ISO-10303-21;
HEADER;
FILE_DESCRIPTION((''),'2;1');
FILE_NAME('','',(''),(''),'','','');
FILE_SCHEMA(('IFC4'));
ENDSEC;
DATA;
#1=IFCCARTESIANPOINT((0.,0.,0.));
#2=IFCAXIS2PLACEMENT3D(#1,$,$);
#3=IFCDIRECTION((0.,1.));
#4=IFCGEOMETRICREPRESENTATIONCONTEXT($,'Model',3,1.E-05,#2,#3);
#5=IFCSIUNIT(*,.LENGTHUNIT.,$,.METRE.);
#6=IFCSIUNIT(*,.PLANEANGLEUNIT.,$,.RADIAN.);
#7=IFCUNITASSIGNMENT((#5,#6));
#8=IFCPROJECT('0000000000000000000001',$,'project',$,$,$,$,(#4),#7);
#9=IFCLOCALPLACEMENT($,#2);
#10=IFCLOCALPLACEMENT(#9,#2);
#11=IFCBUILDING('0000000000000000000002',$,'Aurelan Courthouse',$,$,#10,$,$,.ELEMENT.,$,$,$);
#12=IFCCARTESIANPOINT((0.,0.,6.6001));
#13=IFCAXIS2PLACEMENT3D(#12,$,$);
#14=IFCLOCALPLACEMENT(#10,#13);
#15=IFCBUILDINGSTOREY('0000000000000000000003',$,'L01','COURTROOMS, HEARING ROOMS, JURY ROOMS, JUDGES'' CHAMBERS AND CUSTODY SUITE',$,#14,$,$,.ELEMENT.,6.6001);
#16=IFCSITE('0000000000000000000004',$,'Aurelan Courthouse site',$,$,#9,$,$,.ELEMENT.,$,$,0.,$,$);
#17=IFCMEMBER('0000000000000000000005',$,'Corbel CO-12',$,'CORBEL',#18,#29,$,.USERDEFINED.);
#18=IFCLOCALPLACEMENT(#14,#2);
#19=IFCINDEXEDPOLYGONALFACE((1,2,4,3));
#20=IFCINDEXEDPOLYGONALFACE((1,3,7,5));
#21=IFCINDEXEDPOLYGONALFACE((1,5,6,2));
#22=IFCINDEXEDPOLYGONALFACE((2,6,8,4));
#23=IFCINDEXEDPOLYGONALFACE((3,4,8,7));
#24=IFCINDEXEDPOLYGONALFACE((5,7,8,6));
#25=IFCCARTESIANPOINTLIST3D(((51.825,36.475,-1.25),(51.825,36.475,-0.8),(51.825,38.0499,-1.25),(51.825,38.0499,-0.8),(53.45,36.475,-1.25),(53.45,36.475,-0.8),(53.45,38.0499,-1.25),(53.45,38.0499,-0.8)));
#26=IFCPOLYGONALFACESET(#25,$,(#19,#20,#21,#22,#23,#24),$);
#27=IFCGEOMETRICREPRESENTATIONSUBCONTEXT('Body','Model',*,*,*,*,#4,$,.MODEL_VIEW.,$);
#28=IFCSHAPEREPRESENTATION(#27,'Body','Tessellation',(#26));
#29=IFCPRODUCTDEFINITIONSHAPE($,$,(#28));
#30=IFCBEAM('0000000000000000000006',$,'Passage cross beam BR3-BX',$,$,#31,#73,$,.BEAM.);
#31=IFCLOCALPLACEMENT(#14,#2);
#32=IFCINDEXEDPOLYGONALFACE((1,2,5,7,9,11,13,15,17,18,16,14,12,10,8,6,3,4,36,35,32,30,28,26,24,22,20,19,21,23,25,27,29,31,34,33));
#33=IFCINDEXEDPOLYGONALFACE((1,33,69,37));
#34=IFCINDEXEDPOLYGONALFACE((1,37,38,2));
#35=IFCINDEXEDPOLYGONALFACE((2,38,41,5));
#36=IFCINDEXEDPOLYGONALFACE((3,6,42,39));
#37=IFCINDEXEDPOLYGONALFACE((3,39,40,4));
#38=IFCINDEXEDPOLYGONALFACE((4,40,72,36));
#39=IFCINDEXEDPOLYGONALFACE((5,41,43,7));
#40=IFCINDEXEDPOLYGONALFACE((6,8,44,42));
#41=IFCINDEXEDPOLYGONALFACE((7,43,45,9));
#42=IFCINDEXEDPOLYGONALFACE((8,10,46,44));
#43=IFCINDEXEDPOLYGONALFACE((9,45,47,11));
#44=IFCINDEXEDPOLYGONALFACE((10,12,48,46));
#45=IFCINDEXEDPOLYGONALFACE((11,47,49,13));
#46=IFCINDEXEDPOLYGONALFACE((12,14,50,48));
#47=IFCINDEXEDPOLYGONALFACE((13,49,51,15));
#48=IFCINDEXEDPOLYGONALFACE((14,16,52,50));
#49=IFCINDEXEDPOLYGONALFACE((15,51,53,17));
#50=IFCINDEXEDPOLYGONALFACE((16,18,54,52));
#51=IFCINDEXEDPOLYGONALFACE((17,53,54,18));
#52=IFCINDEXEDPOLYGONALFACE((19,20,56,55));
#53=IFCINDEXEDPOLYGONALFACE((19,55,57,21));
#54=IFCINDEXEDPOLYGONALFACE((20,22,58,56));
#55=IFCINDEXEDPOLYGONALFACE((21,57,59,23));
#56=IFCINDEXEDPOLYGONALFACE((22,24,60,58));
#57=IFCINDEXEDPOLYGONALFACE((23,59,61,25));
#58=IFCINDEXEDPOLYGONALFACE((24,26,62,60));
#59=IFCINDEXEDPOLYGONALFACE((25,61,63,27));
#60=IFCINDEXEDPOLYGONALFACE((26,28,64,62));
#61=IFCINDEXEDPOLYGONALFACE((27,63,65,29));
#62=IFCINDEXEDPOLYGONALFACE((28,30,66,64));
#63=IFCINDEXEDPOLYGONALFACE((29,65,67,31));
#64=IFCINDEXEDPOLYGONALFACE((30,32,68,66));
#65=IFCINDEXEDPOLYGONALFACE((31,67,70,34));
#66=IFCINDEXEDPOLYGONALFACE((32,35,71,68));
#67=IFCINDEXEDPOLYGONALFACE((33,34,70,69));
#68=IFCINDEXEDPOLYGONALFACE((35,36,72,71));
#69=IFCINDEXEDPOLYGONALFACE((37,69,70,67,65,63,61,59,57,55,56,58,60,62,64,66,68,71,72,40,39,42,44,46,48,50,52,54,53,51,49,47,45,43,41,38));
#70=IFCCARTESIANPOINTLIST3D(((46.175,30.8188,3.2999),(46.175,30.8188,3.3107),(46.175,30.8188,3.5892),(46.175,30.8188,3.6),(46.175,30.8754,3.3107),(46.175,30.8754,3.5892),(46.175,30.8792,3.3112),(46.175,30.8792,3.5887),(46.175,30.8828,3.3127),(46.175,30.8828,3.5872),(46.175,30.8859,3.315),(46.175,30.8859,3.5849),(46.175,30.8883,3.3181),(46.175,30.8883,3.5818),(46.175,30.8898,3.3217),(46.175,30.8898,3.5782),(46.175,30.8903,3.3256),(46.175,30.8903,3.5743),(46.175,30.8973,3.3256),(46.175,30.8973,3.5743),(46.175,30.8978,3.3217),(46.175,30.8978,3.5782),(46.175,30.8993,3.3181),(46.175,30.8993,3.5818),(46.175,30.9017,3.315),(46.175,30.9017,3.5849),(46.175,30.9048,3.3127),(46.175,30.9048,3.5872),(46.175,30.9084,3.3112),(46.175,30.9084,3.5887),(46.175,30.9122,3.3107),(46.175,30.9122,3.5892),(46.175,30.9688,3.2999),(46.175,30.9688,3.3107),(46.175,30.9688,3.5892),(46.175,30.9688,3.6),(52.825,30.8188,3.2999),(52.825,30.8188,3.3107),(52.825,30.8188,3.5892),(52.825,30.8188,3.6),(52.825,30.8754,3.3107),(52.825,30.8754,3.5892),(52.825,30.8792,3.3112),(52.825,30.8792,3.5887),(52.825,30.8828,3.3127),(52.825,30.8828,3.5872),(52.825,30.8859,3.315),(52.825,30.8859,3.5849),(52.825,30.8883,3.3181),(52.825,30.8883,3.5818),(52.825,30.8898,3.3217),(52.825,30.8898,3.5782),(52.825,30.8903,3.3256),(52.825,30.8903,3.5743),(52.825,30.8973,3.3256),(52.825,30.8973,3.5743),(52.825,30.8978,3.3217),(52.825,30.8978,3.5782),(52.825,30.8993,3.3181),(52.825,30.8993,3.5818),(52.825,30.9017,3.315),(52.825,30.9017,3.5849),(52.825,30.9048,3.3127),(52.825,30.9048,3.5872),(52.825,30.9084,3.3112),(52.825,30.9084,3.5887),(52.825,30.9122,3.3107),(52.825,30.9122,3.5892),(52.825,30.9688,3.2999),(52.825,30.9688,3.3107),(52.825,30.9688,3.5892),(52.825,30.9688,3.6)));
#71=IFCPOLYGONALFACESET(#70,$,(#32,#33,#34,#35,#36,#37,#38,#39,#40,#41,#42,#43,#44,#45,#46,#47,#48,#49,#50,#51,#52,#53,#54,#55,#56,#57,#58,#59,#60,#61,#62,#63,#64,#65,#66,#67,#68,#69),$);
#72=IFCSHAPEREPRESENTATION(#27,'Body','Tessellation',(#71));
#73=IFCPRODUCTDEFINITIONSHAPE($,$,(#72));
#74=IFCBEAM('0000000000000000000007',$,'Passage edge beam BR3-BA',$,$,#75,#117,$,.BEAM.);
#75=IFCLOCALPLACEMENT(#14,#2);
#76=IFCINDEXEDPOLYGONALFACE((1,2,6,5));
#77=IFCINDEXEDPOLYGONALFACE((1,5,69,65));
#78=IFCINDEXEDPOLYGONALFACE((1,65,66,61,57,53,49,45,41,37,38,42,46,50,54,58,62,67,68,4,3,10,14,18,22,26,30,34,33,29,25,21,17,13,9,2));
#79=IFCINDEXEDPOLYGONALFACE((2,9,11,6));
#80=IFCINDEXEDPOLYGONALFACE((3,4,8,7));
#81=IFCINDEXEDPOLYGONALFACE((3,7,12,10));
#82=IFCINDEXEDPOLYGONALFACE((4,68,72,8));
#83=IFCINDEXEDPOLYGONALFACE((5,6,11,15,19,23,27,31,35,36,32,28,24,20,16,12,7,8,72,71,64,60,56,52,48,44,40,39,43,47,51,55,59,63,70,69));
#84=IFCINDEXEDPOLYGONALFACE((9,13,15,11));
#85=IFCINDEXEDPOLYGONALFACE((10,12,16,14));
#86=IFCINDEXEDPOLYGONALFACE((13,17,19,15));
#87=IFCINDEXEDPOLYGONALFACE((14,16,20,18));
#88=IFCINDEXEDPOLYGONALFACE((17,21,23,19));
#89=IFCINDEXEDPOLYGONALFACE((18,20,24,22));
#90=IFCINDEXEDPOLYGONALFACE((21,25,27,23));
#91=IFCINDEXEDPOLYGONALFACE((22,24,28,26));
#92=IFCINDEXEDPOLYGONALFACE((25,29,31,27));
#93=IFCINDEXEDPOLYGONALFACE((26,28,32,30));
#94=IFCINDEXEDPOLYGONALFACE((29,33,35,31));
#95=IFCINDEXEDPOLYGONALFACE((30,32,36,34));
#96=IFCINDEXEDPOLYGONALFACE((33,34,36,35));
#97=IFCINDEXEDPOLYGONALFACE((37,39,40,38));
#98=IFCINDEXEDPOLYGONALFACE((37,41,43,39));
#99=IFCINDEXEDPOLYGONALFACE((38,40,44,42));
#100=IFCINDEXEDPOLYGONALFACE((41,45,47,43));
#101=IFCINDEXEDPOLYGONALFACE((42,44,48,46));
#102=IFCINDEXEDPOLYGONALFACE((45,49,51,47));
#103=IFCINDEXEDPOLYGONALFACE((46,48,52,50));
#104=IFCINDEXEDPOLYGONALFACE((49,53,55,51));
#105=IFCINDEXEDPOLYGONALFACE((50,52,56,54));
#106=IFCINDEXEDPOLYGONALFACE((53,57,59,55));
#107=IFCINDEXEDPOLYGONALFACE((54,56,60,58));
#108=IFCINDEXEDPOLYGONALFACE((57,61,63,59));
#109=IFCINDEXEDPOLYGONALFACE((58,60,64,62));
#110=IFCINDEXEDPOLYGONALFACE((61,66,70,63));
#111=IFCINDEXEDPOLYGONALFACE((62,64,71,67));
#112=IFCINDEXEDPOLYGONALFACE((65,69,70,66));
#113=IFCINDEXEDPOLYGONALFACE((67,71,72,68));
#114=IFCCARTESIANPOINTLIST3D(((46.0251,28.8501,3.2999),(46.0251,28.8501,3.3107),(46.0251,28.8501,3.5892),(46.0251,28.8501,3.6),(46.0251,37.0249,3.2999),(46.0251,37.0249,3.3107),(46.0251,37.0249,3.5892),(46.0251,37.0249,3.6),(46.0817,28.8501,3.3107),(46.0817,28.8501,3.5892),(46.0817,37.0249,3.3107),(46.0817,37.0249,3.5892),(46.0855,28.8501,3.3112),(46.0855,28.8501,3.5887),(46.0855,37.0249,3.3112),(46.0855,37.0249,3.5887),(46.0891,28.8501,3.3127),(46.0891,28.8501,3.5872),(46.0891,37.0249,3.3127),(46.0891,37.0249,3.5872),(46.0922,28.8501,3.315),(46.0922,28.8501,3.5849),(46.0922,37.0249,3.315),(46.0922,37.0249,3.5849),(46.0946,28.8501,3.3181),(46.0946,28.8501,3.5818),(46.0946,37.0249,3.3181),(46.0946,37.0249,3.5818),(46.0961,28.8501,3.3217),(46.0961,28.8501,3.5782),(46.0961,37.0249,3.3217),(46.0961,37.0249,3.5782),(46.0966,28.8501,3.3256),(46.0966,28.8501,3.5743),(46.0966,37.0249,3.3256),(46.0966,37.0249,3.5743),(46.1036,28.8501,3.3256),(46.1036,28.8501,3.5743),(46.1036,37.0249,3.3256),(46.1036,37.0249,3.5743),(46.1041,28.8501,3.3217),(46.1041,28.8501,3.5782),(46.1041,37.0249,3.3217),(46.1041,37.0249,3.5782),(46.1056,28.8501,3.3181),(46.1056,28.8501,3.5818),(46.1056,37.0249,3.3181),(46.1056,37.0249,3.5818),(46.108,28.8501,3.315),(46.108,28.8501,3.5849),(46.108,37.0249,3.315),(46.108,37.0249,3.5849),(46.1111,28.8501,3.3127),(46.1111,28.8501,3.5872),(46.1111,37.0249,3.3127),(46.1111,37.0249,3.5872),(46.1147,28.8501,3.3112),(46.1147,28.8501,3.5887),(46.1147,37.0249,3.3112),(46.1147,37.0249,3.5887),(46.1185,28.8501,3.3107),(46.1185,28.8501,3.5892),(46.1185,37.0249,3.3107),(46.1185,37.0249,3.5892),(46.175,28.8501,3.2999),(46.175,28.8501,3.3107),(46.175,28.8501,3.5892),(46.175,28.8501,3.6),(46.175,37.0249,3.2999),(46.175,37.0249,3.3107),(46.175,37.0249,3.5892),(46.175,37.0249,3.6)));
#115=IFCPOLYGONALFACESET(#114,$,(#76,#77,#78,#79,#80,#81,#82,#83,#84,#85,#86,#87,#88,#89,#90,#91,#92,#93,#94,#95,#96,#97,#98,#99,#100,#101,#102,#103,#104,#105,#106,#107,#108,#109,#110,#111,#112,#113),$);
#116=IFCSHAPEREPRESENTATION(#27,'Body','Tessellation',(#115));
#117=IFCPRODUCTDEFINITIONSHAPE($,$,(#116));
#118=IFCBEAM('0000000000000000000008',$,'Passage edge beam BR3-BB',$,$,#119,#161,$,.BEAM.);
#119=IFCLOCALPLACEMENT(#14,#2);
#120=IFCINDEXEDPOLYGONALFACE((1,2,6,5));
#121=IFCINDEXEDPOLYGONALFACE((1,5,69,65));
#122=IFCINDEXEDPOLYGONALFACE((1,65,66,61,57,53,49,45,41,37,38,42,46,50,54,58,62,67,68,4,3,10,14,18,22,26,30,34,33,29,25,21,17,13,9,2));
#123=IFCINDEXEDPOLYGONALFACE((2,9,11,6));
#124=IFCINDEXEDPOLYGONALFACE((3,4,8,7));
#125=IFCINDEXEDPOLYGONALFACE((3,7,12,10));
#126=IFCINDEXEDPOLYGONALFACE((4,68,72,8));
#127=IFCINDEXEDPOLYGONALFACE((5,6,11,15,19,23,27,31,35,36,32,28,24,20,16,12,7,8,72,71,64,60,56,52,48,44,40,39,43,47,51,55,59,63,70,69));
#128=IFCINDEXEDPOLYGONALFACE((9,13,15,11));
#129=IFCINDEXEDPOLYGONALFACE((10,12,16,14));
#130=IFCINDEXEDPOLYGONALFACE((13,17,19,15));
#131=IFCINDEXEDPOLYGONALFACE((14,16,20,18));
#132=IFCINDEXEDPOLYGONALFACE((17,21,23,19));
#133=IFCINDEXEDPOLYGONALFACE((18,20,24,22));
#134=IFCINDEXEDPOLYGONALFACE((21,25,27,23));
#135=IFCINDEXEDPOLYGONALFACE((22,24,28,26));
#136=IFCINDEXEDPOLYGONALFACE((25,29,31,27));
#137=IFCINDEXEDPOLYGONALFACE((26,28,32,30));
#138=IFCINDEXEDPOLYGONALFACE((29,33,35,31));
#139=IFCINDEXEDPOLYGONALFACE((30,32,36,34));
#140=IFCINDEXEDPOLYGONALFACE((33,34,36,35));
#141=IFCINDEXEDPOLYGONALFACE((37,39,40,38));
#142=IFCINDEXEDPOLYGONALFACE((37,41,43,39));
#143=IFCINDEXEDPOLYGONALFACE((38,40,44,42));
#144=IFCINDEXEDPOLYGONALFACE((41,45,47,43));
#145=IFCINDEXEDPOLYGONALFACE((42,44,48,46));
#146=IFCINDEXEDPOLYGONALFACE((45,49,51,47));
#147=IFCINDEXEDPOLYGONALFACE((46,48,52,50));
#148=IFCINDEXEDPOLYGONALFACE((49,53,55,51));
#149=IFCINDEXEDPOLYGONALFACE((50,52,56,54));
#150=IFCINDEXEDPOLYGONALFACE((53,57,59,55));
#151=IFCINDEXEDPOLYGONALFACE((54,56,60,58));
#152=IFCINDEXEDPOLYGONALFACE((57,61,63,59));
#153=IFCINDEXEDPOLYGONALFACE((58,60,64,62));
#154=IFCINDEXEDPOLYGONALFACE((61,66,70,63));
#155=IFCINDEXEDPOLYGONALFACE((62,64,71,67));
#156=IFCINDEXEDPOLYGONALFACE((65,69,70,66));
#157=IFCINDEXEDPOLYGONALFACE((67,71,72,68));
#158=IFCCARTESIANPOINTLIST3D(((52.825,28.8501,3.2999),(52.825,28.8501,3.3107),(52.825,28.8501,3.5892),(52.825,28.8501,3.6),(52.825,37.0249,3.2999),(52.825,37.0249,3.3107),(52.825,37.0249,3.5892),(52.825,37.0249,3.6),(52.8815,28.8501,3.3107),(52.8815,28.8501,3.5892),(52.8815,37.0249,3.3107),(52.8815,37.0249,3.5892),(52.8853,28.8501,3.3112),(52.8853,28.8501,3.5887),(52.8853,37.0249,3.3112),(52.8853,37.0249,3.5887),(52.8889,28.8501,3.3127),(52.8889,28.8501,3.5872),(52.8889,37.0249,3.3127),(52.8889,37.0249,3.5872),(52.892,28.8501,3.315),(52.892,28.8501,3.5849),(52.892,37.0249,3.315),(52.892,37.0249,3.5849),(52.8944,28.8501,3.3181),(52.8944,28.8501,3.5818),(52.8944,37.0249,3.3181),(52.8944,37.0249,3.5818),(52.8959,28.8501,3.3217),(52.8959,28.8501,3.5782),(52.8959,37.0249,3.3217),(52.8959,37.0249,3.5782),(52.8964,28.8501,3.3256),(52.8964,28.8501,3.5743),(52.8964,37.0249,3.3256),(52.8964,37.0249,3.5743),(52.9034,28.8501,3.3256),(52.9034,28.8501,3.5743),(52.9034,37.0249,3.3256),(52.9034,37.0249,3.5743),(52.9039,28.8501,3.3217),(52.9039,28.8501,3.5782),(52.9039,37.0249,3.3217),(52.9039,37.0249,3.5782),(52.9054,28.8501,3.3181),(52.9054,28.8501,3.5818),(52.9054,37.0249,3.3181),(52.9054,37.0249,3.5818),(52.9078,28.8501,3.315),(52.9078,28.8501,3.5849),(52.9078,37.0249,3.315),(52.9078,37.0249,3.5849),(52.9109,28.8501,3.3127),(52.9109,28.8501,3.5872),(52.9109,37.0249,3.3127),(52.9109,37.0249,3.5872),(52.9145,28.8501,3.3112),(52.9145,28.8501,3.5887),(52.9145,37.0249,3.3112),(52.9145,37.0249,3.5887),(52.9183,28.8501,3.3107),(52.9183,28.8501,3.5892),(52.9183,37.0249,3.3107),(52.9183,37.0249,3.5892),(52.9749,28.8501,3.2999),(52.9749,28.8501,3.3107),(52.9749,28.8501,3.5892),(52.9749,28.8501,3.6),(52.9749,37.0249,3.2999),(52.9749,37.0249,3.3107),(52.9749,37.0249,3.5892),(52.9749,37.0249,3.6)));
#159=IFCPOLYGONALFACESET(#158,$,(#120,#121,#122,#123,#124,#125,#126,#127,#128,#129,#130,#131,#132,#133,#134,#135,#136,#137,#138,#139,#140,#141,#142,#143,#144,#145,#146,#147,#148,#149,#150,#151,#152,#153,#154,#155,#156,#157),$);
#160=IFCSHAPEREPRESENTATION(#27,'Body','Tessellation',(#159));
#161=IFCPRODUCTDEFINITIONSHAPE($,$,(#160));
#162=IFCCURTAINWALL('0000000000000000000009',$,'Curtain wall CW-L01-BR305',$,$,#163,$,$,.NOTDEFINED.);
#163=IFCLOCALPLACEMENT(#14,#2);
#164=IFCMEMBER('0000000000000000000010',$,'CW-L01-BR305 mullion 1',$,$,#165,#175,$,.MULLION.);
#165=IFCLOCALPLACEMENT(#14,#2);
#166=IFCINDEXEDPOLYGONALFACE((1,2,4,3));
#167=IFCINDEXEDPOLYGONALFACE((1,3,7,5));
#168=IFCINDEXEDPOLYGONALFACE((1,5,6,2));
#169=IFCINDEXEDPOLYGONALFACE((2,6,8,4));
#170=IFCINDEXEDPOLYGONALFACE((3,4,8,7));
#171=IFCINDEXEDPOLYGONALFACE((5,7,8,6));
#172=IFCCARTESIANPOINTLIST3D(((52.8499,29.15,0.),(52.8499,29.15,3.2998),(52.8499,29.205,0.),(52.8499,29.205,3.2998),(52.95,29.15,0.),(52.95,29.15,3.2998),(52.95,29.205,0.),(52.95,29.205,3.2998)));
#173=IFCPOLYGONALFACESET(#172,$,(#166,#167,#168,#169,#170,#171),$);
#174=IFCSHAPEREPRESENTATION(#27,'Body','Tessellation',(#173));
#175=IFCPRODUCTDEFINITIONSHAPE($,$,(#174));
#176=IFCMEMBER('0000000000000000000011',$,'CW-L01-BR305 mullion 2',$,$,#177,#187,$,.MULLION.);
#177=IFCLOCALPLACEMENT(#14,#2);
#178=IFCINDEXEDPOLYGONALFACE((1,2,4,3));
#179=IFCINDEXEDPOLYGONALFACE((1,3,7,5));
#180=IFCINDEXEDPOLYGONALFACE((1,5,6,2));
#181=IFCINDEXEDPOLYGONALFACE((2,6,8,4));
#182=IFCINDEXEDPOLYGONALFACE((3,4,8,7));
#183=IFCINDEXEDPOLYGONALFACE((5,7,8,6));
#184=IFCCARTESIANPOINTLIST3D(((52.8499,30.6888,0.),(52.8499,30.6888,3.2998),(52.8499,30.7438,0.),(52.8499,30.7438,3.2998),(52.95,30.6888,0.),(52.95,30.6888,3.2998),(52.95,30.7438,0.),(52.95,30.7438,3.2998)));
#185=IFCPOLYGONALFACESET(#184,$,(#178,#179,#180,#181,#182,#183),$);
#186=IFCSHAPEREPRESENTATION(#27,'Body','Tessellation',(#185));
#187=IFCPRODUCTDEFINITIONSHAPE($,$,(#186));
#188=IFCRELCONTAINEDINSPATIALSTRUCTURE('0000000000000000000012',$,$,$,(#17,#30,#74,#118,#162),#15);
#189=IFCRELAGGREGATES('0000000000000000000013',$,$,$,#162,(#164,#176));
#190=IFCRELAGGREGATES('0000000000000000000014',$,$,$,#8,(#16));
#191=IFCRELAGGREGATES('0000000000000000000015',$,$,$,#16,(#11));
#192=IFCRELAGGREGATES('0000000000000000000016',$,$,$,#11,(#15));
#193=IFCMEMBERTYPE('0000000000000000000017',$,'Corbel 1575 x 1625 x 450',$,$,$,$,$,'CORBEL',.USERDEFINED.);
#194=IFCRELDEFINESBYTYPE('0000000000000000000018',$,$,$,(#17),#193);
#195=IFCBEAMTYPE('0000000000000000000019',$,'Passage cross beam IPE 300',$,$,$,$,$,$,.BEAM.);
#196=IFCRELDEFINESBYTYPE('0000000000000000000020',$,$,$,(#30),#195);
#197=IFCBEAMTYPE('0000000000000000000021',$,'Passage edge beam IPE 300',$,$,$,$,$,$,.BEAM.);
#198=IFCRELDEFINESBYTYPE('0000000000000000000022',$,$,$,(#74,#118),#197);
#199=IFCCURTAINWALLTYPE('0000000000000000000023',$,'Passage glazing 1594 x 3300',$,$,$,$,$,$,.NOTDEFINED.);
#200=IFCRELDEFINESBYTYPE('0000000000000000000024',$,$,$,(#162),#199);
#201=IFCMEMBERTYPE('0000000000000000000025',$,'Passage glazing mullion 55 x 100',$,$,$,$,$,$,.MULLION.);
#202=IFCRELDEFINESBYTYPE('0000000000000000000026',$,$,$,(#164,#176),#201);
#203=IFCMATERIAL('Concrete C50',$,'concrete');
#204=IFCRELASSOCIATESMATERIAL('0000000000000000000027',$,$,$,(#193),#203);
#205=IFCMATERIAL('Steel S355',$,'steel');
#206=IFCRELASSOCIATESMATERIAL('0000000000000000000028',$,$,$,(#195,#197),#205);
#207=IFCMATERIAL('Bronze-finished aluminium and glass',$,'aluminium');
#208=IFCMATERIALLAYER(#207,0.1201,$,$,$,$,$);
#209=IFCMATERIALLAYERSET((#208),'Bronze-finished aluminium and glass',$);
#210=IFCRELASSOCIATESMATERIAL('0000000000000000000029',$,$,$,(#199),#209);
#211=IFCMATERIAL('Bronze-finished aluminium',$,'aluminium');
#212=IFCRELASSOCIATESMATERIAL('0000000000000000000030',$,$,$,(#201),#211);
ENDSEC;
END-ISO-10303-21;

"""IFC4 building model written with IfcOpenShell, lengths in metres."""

from ifc_helpers import new_model, si_unit, direction, frame, origin, origin_2d, place, context, subcontext, project, spatial, rectangle, i_section, extrude, material, layer, layer_set, material_profile, profile_set, type_object, element, aggregate, save


model = new_model("IFC4")

# Units and contexts
model_context = context("Model", 3, precision=1e-05, world=origin(), true_north=direction((0.0, 1.0)))
body_context = subcontext(model_context, "Body", "Model", "MODEL_VIEW")
ifc_project = project(units=[si_unit("LENGTHUNIT", "METRE"), si_unit("PLANEANGLEUNIT", "RADIAN")], contexts=[model_context])

# Site, building, storey
site_placement = place(None, origin())
site = spatial("IfcSite", under=ifc_project, at=site_placement, Name="Aurelan Courthouse site", CompositionType="ELEMENT", RefElevation=0.0)
building_placement = place(site_placement, origin())
building = spatial("IfcBuilding", under=site, at=building_placement, Name="Aurelan Courthouse", CompositionType="ELEMENT")
storey_placement = place(building_placement, frame((0.0, 0.0, 6.6001)))
storey = spatial("IfcBuildingStorey", under=building, at=storey_placement, Name="L01", Description="COURTROOMS, HEARING ROOMS, JURY ROOMS, JUDGES' CHAMBERS AND CUSTODY SUITE", CompositionType="ELEMENT", Elevation=6.6001)

# Shared definitions
ifc_material_1 = material(Name="Steel S355", Category="steel")

# Member
ifc_material_2 = material(Name="Concrete C50", Category="concrete")
member_type_1 = type_object("IfcMemberType", Name="Corbel 1575 x 1625 x 450", ElementType="CORBEL", PredefinedType="USERDEFINED", material=ifc_material_2)
for number, where, z_axis, x_axis, name in (
    (1, (52.6375, 37.2625, -1.25), (0.0, 0.0, 1.0), (1.0, 0.0, 0.0), "Corbel CO-12"),
):
    element("IfcMember", number, at=place(storey_placement, frame(where, z_axis=z_axis, x_axis=x_axis)), inside=storey, type_object=member_type_1, Name=name, ObjectType="CORBEL", PredefinedType="USERDEFINED", context=body_context, shape_type="SweptSolid", body=[
        extrude(rectangle(XDim=1.625, YDim=1.575, at=origin_2d()), origin(), (0.0, 0.0, 1.0), 0.45),
    ])

# Beams
ifc_material_profile_1 = material_profile(ifc_material_1, i_section(OverallWidth=0.1499, OverallDepth=0.3, WebThickness=0.0071, FlangeThickness=0.0107, FilletRadius=0.0149, at=origin_2d()), Name="IPE 300")
ifc_profile_set_1 = profile_set([ifc_material_profile_1], Name="Steel S355")
beam_type_1 = type_object("IfcBeamType", Name="Passage cross beam IPE 300", PredefinedType="BEAM", material=ifc_profile_set_1)
beam_1_placement = place(storey_placement, frame((46.175, 30.8938, 3.45), z_axis=(1.0, 0.0, 0.0), x_axis=(0.0, 1.0, 0.0)))
element("IfcBeam", 2, at=beam_1_placement, inside=storey, type_object=beam_type_1, Name="Passage cross beam BR3-BX", PredefinedType="BEAM", context=body_context, shape_type="SweptSolid", body=[
    extrude(i_section(OverallWidth=0.1499, OverallDepth=0.3, WebThickness=0.0071, FlangeThickness=0.0107, FilletRadius=0.0149, at=origin_2d()), origin(), (0.0, 0.0, 1.0), 6.6499),
])
ifc_material_profile_2 = material_profile(ifc_material_1, i_section(OverallWidth=0.1499, OverallDepth=0.3, WebThickness=0.0071, FlangeThickness=0.0107, FilletRadius=0.0149, at=origin_2d()), Name="IPE 300")
ifc_profile_set_2 = profile_set([ifc_material_profile_2], Name="Steel S355")
beam_type_2 = type_object("IfcBeamType", Name="Passage edge beam IPE 300", PredefinedType="BEAM", material=ifc_profile_set_2)
for number, where, z_axis, x_axis, name in (
    (3, (46.1001, 28.8501, 3.45), (0.0, 1.0, 0.0), (-1.0, 0.0, 0.0), "Passage edge beam BR3-BA"),
    (4, (52.8999, 28.8501, 3.45), (0.0, 1.0, 0.0), (-1.0, 0.0, 0.0), "Passage edge beam BR3-BB"),
):
    element("IfcBeam", number, at=place(storey_placement, frame(where, z_axis=z_axis, x_axis=x_axis)), inside=storey, type_object=beam_type_2, Name=name, PredefinedType="BEAM", context=body_context, shape_type="SweptSolid", body=[
        extrude(i_section(OverallWidth=0.1499, OverallDepth=0.3, WebThickness=0.0071, FlangeThickness=0.0107, FilletRadius=0.0149, at=origin_2d()), origin(), (0.0, 0.0, 1.0), 8.1748),
    ])

# Curtain wall, members
ifc_material_3 = material(Name="Bronze-finished aluminium and glass", Category="aluminium")
ifc_layer_1 = layer(ifc_material_3, 0.1201)
ifc_layer_set_1 = layer_set([ifc_layer_1], Name="Bronze-finished aluminium and glass")
curtain_wall_type_1 = type_object("IfcCurtainWallType", Name="Passage glazing 1594 x 3300", PredefinedType="NOTDEFINED", material=ifc_layer_set_1)
curtain_wall_1_placement = place(storey_placement, origin())
curtain_wall_1 = element("IfcCurtainWall", 5, at=curtain_wall_1_placement, inside=storey, type_object=curtain_wall_type_1, Name="Curtain wall CW-L01-BR305", PredefinedType="NOTDEFINED")
ifc_material_4 = material(Name="Bronze-finished aluminium", Category="aluminium")
ifc_material_profile_3 = material_profile(ifc_material_4, rectangle(XDim=0.1001, YDim=0.0549, at=origin_2d()), Name="Passage glazing mullion 55 x 100")
ifc_profile_set_3 = profile_set([ifc_material_profile_3], Name="Bronze-finished aluminium")
member_type_2 = type_object("IfcMemberType", Name="Passage glazing mullion 55 x 100", PredefinedType="MULLION", material=ifc_profile_set_3)
member_1_placement = place(storey_placement, frame((52.8999, 29.1775, 0.0), z_axis=(0.0, 0.0, 1.0), x_axis=(-1.0, 0.0, 0.0)))
member_1 = element("IfcMember", 6, at=member_1_placement, type_object=member_type_2, Name="CW-L01-BR305 mullion 1", PredefinedType="MULLION", context=body_context, shape_type="SweptSolid", body=[
    extrude(rectangle(XDim=0.1001, YDim=0.0549, at=origin_2d()), origin(), (0.0, 0.0, 1.0), 3.2998),
])
member_2_placement = place(storey_placement, frame((52.8999, 30.7163, 0.0), z_axis=(0.0, 0.0, 1.0), x_axis=(-1.0, 0.0, 0.0)))
member_2 = element("IfcMember", 7, at=member_2_placement, type_object=member_type_2, Name="CW-L01-BR305 mullion 2", PredefinedType="MULLION", context=body_context, shape_type="SweptSolid", body=[
    extrude(rectangle(XDim=0.1001, YDim=0.0549, at=origin_2d()), origin(), (0.0, 0.0, 1.0), 3.2998),
])

aggregate(curtain_wall_1, [member_1, member_2])

save(model, "model.ifc")
